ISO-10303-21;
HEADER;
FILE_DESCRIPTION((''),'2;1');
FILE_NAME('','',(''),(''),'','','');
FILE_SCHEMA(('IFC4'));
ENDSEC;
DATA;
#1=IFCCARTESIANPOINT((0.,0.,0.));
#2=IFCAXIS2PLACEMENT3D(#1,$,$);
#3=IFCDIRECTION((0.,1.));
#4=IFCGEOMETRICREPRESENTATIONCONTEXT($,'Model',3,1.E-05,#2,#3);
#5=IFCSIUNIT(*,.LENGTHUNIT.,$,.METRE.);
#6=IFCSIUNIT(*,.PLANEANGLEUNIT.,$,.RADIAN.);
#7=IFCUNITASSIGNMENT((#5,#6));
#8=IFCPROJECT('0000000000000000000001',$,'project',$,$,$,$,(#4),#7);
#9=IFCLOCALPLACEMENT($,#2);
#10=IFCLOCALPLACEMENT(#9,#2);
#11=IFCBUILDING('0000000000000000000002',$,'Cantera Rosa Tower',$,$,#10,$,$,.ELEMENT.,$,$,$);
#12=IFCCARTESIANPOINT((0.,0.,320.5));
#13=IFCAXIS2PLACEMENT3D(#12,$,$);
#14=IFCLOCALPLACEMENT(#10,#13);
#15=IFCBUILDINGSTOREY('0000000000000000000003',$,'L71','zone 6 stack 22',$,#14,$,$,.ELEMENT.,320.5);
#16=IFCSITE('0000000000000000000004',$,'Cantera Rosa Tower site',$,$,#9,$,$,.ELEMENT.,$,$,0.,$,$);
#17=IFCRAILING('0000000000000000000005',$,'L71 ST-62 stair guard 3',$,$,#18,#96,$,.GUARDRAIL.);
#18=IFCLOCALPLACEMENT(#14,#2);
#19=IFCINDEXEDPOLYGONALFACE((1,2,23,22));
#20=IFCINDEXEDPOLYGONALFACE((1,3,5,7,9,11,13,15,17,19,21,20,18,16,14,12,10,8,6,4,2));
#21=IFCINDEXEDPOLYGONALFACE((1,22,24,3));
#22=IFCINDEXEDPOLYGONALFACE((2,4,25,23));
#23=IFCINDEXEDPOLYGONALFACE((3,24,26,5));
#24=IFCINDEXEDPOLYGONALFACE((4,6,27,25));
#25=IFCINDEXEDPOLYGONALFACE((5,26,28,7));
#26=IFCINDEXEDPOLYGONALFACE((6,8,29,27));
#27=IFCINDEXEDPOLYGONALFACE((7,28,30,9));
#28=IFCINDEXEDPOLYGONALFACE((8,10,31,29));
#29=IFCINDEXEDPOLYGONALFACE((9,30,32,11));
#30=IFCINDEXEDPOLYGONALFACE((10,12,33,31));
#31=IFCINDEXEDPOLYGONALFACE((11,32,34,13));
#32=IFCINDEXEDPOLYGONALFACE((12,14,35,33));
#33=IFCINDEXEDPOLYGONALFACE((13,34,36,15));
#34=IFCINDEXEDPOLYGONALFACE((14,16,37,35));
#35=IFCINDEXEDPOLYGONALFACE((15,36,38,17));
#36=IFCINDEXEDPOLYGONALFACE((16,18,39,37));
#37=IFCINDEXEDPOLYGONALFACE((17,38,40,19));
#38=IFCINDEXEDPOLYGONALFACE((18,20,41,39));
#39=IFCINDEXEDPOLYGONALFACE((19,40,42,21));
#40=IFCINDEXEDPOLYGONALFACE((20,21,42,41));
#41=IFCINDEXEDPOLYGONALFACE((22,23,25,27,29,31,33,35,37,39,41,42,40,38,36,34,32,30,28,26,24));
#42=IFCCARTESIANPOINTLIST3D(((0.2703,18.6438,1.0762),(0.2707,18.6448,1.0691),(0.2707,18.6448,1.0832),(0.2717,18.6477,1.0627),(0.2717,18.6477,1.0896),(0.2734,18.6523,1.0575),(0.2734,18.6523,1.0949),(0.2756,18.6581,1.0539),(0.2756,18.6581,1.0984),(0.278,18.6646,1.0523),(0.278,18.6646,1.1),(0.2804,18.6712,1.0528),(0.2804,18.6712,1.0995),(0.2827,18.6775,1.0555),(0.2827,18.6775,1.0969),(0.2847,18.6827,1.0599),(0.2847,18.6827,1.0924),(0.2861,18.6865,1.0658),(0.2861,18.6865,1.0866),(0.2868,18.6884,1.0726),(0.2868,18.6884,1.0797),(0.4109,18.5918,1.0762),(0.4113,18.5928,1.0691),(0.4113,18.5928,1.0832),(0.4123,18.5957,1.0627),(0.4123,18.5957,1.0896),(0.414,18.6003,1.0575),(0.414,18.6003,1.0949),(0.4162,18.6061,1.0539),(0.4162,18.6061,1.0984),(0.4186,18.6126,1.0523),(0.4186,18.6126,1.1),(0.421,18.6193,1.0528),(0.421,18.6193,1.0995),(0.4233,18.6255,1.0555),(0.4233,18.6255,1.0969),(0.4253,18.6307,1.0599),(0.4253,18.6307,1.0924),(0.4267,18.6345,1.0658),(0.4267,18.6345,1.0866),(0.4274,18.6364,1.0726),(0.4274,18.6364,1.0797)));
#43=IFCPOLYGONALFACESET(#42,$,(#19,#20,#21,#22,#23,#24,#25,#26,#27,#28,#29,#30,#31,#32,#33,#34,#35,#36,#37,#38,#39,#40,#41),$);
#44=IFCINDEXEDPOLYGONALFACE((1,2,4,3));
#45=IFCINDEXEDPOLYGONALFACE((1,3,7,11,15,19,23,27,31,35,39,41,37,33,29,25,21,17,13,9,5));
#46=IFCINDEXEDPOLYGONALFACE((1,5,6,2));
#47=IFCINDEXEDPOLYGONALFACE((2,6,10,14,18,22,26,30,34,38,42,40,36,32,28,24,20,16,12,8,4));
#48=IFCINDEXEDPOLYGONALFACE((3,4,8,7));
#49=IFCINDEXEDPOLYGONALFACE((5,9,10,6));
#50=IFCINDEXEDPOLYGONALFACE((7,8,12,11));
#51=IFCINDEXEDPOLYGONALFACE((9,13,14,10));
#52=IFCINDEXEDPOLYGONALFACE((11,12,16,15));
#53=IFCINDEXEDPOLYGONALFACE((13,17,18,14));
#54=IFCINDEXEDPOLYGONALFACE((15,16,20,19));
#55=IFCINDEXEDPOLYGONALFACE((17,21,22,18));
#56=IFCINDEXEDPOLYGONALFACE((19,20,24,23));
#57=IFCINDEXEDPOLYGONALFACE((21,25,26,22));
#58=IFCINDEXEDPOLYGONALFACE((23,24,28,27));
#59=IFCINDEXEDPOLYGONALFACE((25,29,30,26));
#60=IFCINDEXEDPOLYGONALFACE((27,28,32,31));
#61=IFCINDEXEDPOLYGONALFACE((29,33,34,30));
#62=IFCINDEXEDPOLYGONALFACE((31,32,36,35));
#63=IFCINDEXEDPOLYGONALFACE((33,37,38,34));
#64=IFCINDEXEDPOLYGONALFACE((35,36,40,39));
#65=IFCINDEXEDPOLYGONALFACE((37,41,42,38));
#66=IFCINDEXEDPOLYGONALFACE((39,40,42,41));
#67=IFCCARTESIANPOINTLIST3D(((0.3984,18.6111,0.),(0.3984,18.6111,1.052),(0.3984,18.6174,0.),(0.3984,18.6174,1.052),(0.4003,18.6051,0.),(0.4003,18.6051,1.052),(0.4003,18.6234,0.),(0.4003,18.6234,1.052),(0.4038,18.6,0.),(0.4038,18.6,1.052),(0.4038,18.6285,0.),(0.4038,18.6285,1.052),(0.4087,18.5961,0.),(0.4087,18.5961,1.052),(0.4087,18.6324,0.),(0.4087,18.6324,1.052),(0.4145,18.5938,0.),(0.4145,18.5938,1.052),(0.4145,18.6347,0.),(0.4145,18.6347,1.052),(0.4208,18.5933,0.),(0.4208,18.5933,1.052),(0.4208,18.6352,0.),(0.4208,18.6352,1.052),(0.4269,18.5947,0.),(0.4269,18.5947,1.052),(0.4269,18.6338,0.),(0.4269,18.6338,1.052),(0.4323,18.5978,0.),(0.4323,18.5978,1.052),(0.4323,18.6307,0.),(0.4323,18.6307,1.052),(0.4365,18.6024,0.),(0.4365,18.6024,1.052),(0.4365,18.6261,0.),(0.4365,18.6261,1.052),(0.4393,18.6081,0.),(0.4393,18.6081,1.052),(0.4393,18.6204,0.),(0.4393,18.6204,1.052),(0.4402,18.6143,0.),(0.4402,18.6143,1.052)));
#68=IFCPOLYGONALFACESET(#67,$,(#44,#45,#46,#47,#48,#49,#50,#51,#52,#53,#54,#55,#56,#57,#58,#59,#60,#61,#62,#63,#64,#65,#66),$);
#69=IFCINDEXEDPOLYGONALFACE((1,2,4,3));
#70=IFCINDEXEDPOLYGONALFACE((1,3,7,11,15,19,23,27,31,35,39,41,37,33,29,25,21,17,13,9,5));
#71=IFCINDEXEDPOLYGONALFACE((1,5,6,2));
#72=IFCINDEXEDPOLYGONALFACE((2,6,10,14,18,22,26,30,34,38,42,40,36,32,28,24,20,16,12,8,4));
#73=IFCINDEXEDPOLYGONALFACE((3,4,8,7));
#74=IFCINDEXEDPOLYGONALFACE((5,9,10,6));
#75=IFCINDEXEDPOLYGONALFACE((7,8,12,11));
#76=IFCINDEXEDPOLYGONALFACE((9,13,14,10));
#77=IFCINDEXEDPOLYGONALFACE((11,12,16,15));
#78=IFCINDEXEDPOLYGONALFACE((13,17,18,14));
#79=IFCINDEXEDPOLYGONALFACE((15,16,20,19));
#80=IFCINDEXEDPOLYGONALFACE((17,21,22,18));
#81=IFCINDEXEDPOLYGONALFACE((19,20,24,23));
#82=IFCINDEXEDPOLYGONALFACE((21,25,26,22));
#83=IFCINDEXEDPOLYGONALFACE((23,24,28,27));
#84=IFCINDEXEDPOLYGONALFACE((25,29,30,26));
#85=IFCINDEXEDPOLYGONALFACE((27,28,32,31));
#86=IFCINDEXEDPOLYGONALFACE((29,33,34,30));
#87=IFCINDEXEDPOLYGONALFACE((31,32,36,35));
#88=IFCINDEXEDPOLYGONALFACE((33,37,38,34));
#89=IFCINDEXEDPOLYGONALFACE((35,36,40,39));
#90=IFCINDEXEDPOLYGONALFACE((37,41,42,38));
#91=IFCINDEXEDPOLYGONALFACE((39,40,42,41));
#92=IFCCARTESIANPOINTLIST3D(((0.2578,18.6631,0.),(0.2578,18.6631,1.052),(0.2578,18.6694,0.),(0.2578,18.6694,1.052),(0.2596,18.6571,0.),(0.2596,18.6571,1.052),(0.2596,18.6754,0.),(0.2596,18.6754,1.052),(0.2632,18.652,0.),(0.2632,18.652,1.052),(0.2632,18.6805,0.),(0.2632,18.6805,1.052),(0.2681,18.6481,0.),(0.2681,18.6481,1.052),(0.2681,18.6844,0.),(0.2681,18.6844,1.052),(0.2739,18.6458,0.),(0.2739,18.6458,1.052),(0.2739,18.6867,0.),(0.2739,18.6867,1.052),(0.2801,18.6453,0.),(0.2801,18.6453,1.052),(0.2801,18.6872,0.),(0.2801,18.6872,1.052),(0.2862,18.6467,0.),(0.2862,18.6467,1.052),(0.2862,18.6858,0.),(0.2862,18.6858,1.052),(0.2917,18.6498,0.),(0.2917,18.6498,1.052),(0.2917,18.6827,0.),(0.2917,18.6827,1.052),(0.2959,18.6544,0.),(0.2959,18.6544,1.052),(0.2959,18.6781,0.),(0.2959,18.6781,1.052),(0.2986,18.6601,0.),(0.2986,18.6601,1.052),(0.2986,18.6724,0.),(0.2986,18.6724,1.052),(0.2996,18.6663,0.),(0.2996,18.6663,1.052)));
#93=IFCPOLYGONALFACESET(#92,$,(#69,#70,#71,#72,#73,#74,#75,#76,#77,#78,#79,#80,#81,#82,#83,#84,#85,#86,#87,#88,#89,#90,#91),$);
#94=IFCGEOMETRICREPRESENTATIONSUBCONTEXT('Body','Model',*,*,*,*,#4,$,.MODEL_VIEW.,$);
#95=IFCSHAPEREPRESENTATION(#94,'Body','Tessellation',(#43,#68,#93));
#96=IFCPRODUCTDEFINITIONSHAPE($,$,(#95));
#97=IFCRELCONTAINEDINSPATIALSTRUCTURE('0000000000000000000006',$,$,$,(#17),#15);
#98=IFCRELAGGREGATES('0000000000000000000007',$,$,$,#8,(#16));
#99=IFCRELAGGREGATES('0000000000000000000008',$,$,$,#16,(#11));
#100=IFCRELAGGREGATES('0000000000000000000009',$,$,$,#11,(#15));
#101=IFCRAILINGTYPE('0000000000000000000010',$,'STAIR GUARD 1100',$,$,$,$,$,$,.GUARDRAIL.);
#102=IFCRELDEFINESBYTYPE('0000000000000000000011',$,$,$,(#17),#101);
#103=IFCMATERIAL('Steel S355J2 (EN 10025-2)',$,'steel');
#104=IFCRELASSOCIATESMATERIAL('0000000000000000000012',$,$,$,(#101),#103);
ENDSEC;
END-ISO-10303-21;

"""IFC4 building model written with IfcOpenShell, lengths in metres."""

from ifc_helpers import new_model, si_unit, direction, frame, origin, origin_2d, place, context, subcontext, project, spatial, circle, extrude, material, type_object, element, save


model = new_model("IFC4")

# Units and contexts
model_context = context("Model", 3, precision=1e-05, world=origin(), true_north=direction((0.0, 1.0)))
body_context = subcontext(model_context, "Body", "Model", "MODEL_VIEW")
ifc_project = project(units=[si_unit("LENGTHUNIT", "METRE"), si_unit("PLANEANGLEUNIT", "RADIAN")], contexts=[model_context])

# Site, building, storey
site_placement = place(None, origin())
site = spatial("IfcSite", under=ifc_project, at=site_placement, Name="Cantera Rosa Tower site", CompositionType="ELEMENT", RefElevation=0.0)
building_placement = place(site_placement, origin())
building = spatial("IfcBuilding", under=site, at=building_placement, Name="Cantera Rosa Tower", CompositionType="ELEMENT")
storey_placement = place(building_placement, frame((0.0, 0.0, 320.5)))
storey = spatial("IfcBuildingStorey", under=building, at=storey_placement, Name="L71", Description="zone 6 stack 22", CompositionType="ELEMENT", Elevation=320.5)

# Railing
ifc_material_1 = material(Name="Steel S355J2 (EN 10025-2)", Category="steel")
railing_type_1 = type_object("IfcRailingType", Name="STAIR GUARD 1100", PredefinedType="GUARDRAIL", material=ifc_material_1)
railing_1_placement = place(storey_placement, frame((0.4192, 18.6143, 0.0)))
element("IfcRailing", 1, at=railing_1_placement, inside=storey, type_object=railing_type_1, Name="L71 ST-62 stair guard 3", PredefinedType="GUARDRAIL", context=body_context, shape_type="SweptSolid", body=[
    extrude(circle(Radius=0.0239, at=origin_2d()), frame((0.0, 0.0, 1.0762), z_axis=(-0.937925, 0.346837, 0.0), x_axis=(-0.346837, -0.937925, 0.0)), (0.0, 0.0, 1.0), 0.1499),
    extrude(circle(Radius=0.021, at=origin_2d()), origin(), (0.0, 0.0, 1.0), 1.052),
    extrude(circle(Radius=0.021, at=origin_2d()), frame((-0.1406, 0.052, 0.0)), (0.0, 0.0, 1.0), 1.052),
])

save(model, "model.ifc")
